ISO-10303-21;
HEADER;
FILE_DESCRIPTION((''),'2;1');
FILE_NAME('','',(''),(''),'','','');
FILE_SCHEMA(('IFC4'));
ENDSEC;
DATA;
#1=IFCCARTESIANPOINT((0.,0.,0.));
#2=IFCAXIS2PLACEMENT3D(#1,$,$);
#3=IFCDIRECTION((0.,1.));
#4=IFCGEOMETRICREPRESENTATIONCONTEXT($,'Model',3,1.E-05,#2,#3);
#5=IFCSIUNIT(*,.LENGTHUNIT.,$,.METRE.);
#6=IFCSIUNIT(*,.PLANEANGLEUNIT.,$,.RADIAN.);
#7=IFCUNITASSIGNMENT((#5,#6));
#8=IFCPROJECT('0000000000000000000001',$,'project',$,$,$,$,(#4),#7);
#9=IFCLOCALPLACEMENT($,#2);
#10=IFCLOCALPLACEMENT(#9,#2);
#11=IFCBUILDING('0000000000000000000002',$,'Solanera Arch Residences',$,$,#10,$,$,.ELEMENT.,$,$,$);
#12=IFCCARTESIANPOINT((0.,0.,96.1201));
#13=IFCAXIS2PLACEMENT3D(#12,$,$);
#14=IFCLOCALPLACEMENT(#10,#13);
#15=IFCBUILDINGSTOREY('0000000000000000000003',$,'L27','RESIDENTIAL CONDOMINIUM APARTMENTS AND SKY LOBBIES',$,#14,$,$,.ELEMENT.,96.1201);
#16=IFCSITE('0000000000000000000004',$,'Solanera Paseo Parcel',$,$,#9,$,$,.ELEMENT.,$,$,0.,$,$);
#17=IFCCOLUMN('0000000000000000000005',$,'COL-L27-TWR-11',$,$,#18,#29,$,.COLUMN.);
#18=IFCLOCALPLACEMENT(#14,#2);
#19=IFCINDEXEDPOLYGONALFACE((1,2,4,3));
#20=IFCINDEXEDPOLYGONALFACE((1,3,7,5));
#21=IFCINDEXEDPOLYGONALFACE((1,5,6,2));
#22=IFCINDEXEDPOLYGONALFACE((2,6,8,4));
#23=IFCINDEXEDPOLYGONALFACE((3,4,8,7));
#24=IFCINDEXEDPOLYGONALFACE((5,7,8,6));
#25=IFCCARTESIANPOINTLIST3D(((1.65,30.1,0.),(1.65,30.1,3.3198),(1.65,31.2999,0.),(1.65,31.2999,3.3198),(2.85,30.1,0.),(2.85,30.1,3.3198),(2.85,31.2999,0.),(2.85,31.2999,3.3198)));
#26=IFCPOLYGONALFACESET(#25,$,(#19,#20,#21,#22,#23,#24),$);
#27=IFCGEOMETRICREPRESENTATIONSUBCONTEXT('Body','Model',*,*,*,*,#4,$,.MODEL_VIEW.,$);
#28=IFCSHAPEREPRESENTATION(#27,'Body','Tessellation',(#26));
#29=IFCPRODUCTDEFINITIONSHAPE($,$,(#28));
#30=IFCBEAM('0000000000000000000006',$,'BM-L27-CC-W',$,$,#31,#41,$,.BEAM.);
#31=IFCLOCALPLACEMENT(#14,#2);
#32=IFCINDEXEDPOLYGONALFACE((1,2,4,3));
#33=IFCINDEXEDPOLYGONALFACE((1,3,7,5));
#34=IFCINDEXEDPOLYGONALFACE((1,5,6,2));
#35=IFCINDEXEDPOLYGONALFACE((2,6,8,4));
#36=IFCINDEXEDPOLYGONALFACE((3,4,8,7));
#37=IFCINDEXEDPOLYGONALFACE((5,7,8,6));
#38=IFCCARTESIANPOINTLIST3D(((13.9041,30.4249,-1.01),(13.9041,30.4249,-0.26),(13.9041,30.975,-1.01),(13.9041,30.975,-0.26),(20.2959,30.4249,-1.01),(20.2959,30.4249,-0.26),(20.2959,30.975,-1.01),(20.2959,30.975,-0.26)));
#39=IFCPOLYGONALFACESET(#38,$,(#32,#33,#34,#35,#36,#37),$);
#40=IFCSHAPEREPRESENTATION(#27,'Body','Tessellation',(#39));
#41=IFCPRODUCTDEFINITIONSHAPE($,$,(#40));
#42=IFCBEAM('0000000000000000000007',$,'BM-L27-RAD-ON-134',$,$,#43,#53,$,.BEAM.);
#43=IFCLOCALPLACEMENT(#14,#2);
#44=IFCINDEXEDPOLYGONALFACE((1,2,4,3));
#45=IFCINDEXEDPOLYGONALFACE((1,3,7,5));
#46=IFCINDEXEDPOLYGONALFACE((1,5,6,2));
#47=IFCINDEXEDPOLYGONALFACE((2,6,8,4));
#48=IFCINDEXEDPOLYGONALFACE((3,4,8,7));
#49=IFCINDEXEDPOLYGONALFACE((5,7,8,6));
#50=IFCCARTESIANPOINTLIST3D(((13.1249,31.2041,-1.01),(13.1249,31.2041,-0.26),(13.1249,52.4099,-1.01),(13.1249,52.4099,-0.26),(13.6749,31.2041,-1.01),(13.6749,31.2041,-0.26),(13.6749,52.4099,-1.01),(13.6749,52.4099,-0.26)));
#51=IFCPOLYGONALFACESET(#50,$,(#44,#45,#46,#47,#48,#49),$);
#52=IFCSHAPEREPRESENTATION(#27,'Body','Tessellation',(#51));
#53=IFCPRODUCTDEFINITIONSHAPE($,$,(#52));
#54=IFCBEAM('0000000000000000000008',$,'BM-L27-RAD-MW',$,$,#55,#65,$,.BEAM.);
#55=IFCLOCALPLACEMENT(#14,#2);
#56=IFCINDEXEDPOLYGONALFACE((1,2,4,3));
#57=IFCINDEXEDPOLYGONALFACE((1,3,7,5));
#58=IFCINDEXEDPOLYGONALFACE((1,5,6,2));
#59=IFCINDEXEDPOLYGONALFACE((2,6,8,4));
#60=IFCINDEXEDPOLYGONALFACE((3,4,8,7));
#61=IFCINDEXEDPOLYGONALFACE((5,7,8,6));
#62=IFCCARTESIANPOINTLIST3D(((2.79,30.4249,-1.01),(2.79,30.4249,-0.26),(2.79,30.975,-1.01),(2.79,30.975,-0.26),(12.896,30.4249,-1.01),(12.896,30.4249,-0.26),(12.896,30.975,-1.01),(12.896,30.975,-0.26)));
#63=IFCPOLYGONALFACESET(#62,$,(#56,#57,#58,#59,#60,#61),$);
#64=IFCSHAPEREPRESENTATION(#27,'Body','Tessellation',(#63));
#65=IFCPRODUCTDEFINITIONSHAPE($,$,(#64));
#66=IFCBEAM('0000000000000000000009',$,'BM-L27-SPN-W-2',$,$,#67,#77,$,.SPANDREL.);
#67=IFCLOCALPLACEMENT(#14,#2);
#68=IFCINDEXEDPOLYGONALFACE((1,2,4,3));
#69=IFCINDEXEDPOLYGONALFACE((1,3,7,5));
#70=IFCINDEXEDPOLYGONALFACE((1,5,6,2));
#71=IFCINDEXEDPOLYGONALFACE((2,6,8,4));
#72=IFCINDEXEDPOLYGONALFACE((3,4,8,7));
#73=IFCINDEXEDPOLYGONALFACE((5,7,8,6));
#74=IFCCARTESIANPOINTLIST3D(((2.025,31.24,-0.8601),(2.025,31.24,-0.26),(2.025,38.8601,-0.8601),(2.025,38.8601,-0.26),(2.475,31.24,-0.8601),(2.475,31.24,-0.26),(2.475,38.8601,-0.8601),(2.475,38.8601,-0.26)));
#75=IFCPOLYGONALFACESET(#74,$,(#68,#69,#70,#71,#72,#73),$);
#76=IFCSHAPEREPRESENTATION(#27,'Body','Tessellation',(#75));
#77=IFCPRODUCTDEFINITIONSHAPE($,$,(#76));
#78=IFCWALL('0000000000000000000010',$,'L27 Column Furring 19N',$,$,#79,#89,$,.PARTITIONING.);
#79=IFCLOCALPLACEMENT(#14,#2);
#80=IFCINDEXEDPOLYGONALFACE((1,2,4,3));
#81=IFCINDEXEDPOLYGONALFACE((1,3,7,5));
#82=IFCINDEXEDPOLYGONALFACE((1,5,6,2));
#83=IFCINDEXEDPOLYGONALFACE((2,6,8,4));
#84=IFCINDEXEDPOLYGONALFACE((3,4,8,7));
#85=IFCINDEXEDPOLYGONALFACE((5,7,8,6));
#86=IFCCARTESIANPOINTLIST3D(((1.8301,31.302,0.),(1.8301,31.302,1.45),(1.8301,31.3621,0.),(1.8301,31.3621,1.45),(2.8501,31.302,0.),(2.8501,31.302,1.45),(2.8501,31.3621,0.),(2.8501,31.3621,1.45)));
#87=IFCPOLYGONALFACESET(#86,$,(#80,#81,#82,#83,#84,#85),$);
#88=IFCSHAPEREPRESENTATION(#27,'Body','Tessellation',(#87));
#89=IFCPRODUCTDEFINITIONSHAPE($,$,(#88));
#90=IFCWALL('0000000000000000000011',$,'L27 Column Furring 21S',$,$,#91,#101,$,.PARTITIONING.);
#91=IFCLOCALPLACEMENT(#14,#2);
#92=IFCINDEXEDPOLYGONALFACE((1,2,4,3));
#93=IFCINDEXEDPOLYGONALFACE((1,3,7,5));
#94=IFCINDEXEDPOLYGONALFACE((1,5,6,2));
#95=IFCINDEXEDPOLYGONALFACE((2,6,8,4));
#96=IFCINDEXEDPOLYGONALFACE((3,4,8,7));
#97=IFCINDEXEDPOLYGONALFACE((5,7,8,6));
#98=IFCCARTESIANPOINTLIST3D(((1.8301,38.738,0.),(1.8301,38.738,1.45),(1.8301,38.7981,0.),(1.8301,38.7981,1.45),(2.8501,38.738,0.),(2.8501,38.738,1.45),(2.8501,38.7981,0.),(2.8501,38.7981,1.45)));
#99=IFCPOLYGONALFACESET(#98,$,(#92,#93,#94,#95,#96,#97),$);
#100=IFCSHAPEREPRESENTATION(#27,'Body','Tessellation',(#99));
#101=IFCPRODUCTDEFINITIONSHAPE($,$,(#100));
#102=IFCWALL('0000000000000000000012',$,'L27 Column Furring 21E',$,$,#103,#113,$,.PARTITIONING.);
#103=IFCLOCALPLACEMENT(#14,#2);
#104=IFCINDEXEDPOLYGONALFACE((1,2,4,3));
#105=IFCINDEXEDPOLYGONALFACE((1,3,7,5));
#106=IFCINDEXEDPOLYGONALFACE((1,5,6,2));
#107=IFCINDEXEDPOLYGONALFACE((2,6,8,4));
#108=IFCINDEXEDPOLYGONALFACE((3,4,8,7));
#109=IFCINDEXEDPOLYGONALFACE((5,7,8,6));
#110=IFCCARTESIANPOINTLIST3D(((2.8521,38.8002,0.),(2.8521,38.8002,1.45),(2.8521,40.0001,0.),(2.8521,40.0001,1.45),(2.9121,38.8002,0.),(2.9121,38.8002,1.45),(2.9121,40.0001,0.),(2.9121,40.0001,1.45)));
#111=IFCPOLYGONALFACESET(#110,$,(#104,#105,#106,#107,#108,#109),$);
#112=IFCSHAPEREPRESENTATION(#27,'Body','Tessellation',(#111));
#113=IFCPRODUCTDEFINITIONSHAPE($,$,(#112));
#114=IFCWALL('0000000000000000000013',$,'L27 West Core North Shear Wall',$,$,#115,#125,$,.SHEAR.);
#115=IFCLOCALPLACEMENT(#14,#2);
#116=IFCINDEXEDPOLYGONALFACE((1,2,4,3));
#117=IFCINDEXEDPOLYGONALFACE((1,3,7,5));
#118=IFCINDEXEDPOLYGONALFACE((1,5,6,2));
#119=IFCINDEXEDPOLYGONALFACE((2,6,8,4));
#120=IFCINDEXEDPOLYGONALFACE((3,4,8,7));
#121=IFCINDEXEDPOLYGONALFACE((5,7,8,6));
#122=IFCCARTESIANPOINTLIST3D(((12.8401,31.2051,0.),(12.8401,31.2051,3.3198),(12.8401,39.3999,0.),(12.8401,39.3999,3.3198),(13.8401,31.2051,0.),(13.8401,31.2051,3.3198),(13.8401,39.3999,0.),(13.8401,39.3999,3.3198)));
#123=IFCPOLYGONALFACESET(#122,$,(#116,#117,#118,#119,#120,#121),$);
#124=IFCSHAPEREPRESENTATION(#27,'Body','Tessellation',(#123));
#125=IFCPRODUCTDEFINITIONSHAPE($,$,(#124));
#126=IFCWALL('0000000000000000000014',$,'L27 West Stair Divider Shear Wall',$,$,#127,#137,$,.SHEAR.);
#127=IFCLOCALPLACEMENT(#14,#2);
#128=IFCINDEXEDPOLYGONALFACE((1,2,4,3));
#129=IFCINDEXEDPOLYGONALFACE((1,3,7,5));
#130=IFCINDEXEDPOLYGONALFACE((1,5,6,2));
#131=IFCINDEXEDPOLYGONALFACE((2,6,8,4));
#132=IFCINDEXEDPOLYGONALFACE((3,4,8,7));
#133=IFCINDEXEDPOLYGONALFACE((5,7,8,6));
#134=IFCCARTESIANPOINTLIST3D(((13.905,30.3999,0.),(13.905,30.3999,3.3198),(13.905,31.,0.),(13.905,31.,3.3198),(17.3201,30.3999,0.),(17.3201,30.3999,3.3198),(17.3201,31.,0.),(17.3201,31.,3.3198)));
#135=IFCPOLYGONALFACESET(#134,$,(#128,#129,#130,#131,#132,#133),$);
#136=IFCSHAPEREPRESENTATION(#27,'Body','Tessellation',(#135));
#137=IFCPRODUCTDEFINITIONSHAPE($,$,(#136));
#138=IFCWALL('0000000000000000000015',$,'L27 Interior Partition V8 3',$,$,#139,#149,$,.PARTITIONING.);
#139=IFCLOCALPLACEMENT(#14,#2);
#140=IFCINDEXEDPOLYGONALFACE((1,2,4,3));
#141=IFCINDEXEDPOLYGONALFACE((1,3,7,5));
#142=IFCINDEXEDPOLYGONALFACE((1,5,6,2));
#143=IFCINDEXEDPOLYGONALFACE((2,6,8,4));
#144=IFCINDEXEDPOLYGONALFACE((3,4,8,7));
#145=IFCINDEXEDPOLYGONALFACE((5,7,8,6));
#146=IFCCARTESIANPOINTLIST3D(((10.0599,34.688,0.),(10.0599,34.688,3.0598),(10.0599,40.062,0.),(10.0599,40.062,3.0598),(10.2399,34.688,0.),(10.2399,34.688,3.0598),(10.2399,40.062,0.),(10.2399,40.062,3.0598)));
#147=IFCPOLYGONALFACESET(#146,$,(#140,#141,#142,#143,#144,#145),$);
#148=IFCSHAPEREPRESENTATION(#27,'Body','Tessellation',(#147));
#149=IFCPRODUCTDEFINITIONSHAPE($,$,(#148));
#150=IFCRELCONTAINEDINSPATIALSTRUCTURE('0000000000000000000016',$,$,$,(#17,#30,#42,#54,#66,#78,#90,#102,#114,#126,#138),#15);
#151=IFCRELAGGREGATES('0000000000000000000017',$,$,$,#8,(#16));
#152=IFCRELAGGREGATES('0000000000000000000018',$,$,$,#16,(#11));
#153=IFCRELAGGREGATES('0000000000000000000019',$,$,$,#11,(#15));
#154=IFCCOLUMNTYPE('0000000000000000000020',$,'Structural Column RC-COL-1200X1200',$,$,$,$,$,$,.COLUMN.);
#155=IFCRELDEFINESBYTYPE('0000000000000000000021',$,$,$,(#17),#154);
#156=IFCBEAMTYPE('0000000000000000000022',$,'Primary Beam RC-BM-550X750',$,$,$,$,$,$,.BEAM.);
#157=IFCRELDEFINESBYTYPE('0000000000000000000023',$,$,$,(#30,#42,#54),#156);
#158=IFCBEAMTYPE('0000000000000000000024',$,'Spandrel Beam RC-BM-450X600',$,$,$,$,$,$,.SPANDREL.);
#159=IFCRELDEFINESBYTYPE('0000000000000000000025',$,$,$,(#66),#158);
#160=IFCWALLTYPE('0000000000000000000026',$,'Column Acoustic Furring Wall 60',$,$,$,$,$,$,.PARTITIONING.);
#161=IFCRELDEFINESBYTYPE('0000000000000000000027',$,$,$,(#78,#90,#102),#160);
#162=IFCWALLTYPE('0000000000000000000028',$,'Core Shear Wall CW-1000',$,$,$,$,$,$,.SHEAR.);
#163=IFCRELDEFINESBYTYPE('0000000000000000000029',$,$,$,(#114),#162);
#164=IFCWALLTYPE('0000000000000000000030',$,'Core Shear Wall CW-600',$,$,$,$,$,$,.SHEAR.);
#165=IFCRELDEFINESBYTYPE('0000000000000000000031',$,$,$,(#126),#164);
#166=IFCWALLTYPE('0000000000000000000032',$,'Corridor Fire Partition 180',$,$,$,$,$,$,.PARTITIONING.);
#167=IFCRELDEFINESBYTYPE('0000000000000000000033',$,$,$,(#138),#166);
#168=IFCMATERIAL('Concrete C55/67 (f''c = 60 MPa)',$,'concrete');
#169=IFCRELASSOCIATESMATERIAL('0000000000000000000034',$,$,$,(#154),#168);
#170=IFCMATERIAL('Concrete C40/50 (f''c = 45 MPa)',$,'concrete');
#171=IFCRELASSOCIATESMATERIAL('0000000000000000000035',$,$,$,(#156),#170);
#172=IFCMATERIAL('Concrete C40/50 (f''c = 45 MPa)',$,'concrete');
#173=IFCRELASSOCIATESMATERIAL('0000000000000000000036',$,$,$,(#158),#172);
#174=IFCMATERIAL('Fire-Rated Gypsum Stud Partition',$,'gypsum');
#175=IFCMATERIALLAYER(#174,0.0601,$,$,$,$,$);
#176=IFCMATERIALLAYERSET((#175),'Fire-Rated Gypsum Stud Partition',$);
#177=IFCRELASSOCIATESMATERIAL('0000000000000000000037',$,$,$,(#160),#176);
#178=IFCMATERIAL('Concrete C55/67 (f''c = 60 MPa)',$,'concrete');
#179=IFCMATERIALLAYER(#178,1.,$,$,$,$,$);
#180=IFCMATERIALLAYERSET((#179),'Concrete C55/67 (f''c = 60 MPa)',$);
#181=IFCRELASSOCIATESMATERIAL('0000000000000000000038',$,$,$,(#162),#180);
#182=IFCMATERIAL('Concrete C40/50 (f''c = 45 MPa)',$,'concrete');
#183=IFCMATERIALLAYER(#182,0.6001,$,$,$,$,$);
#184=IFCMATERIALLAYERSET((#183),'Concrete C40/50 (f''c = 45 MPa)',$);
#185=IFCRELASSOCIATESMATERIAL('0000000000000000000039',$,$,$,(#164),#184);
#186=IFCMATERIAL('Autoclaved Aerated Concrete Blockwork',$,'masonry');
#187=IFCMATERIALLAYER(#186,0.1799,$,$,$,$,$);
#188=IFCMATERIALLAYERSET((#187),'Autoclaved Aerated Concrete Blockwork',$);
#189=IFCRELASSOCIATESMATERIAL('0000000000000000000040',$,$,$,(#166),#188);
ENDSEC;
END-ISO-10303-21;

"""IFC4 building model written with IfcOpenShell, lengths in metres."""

from ifc_helpers import new_model, si_unit, direction, frame, frame_2d, origin, origin_2d, place, context, subcontext, project, spatial, rectangle, extrude, material, layer, layer_set, material_profile, profile_set, type_object, element, save


model = new_model("IFC4")

# Units and contexts
model_context = context("Model", 3, precision=1e-05, world=origin(), true_north=direction((0.0, 1.0)))
body_context = subcontext(model_context, "Body", "Model", "MODEL_VIEW")
ifc_project = project(units=[si_unit("LENGTHUNIT", "METRE"), si_unit("PLANEANGLEUNIT", "RADIAN")], contexts=[model_context])

# Site, building, storey
site_placement = place(None, origin())
site = spatial("IfcSite", under=ifc_project, at=site_placement, Name="Solanera Paseo Parcel", CompositionType="ELEMENT", RefElevation=0.0)
building_placement = place(site_placement, origin())
building = spatial("IfcBuilding", under=site, at=building_placement, Name="Solanera Arch Residences", CompositionType="ELEMENT")
storey_placement = place(building_placement, frame((0.0, 0.0, 96.1201)))
storey = spatial("IfcBuildingStorey", under=building, at=storey_placement, Name="L27", Description="RESIDENTIAL CONDOMINIUM APARTMENTS AND SKY LOBBIES", CompositionType="ELEMENT", Elevation=96.1201)

# Column
ifc_material_1 = material(Name="Concrete C55/67 (f'c = 60 MPa)", Category="concrete")
ifc_material_profile_1 = material_profile(ifc_material_1, rectangle(XDim=1.2, YDim=1.2, at=origin_2d()))
ifc_profile_set_1 = profile_set([ifc_material_profile_1], Name="Concrete C55/67 (f'c = 60 MPa)")
column_type = type_object("IfcColumnType", Name="Structural Column RC-COL-1200X1200", PredefinedType="COLUMN", material=ifc_profile_set_1)
column_placement = place(storey_placement, frame((2.25, 30.7, 0.0), z_axis=(0.0, 0.0, 1.0), x_axis=(1.0, 0.0, 0.0)))
element("IfcColumn", 1, at=column_placement, inside=storey, type_object=column_type, Name="COL-L27-TWR-11", PredefinedType="COLUMN", context=body_context, shape_type="SweptSolid", body=[
    extrude(rectangle(XDim=1.2, YDim=1.2, at=origin_2d()), origin(), (0.0, 0.0, 1.0), 3.3198),
])

# Beams
ifc_material_2 = material(Name="Concrete C40/50 (f'c = 45 MPa)", Category="concrete")
ifc_material_profile_2 = material_profile(ifc_material_2, rectangle(XDim=0.55, YDim=0.75, at=origin_2d()))
ifc_profile_set_2 = profile_set([ifc_material_profile_2], Name="Concrete C40/50 (f'c = 45 MPa)")
beam_type_1 = type_object("IfcBeamType", Name="Primary Beam RC-BM-550X750", PredefinedType="BEAM", material=ifc_profile_set_2)
beam_1_placement = place(storey_placement, frame((13.9041, 30.7, -0.635), z_axis=(1.0, 0.0, 0.0), x_axis=(0.0, 1.0, 0.0)))
element("IfcBeam", 2, at=beam_1_placement, inside=storey, type_object=beam_type_1, Name="BM-L27-CC-W", PredefinedType="BEAM", context=body_context, shape_type="SweptSolid", body=[
    extrude(rectangle(XDim=0.55, YDim=0.75, at=origin_2d()), origin(), (0.0, 0.0, 1.0), 6.3918),
])
beam_2_placement = place(storey_placement, frame((13.3999, 31.2041, -0.635), z_axis=(0.0, 1.0, 0.0), x_axis=(-1.0, 0.0, 0.0)))
element("IfcBeam", 3, at=beam_2_placement, inside=storey, type_object=beam_type_1, Name="BM-L27-RAD-ON-134", PredefinedType="BEAM", context=body_context, shape_type="SweptSolid", body=[
    extrude(rectangle(XDim=0.55, YDim=0.75, at=origin_2d()), origin(), (0.0, 0.0, 1.0), 21.2058),
])
beam_3_placement = place(storey_placement, frame((2.79, 30.7, -0.635), z_axis=(1.0, 0.0, 0.0), x_axis=(0.0, 1.0, 0.0)))
element("IfcBeam", 4, at=beam_3_placement, inside=storey, type_object=beam_type_1, Name="BM-L27-RAD-MW", PredefinedType="BEAM", context=body_context, shape_type="SweptSolid", body=[
    extrude(rectangle(XDim=0.55, YDim=0.75, at=origin_2d()), origin(), (0.0, 0.0, 1.0), 10.106),
])
ifc_material_3 = material(Name="Concrete C40/50 (f'c = 45 MPa)", Category="concrete")
ifc_material_profile_3 = material_profile(ifc_material_3, rectangle(XDim=0.45, YDim=0.6001, at=origin_2d()))
ifc_profile_set_3 = profile_set([ifc_material_profile_3], Name="Concrete C40/50 (f'c = 45 MPa)")
beam_type_2 = type_object("IfcBeamType", Name="Spandrel Beam RC-BM-450X600", PredefinedType="SPANDREL", material=ifc_profile_set_3)
beam_4_placement = place(storey_placement, frame((2.25, 31.24, -0.5601), z_axis=(0.0, 1.0, 0.0), x_axis=(-1.0, 0.0, 0.0)))
element("IfcBeam", 5, at=beam_4_placement, inside=storey, type_object=beam_type_2, Name="BM-L27-SPN-W-2", PredefinedType="SPANDREL", context=body_context, shape_type="SweptSolid", body=[
    extrude(rectangle(XDim=0.45, YDim=0.6001, at=origin_2d()), origin(), (0.0, 0.0, 1.0), 7.6201),
])

# Walls
ifc_material_4 = material(Name="Fire-Rated Gypsum Stud Partition", Category="gypsum")
ifc_layer_1 = layer(ifc_material_4, 0.0601)
ifc_layer_set_1 = layer_set([ifc_layer_1], Name="Fire-Rated Gypsum Stud Partition")
wall_type_1 = type_object("IfcWallType", Name="Column Acoustic Furring Wall 60", PredefinedType="PARTITIONING", material=ifc_layer_set_1)
for number, where, z_axis, x_axis, name in (
    (6, (1.8301, 31.332, 0.0), (0.0, 0.0, 1.0), (1.0, 0.0, 0.0), "L27 Column Furring 19N"),
    (7, (1.8301, 38.7681, 0.0), (0.0, 0.0, 1.0), (1.0, 0.0, 0.0), "L27 Column Furring 21S"),
):
    element("IfcWall", number, at=place(storey_placement, frame(where, z_axis=z_axis, x_axis=x_axis)), inside=storey, type_object=wall_type_1, Name=name, PredefinedType="PARTITIONING", context=body_context, shape_type="SweptSolid", body=[
        extrude(rectangle(XDim=1.02, YDim=0.0601, at=frame_2d((0.51, 0.0))), origin(), (0.0, 0.0, 1.0), 1.45),
    ])
wall_1_placement = place(storey_placement, frame((2.8821, 38.8, 0.0), z_axis=(0.0, 0.0, 1.0), x_axis=(0.0, 1.0, 0.0)))
element("IfcWall", 8, at=wall_1_placement, inside=storey, type_object=wall_type_1, Name="L27 Column Furring 21E", PredefinedType="PARTITIONING", context=body_context, shape_type="SweptSolid", body=[
    extrude(rectangle(XDim=1.2, YDim=0.0601, at=frame_2d((0.6001, 0.0))), origin(), (0.0, 0.0, 1.0), 1.45),
])
ifc_material_5 = material(Name="Concrete C55/67 (f'c = 60 MPa)", Category="concrete")
ifc_layer_2 = layer(ifc_material_5, 1.0)
ifc_layer_set_2 = layer_set([ifc_layer_2], Name="Concrete C55/67 (f'c = 60 MPa)")
wall_type_2 = type_object("IfcWallType", Name="Core Shear Wall CW-1000", PredefinedType="SHEAR", material=ifc_layer_set_2)
wall_2_placement = place(storey_placement, frame((13.3401, 31.2051, 0.0), z_axis=(0.0, 0.0, 1.0), x_axis=(0.0, 1.0, 0.0)))
element("IfcWall", 9, at=wall_2_placement, inside=storey, type_object=wall_type_2, Name="L27 West Core North Shear Wall", PredefinedType="SHEAR", context=body_context, shape_type="SweptSolid", body=[
    extrude(rectangle(XDim=8.1948, YDim=1.0, at=frame_2d((4.0974, 0.0))), origin(), (0.0, 0.0, 1.0), 3.3198),
])
ifc_material_6 = material(Name="Concrete C40/50 (f'c = 45 MPa)", Category="concrete")
ifc_layer_3 = layer(ifc_material_6, 0.6001)
ifc_layer_set_3 = layer_set([ifc_layer_3], Name="Concrete C40/50 (f'c = 45 MPa)")
wall_type_3 = type_object("IfcWallType", Name="Core Shear Wall CW-600", PredefinedType="SHEAR", material=ifc_layer_set_3)
wall_3_placement = place(storey_placement, frame((13.905, 30.7, 0.0), z_axis=(0.0, 0.0, 1.0), x_axis=(1.0, 0.0, 0.0)))
element("IfcWall", 10, at=wall_3_placement, inside=storey, type_object=wall_type_3, Name="L27 West Stair Divider Shear Wall", PredefinedType="SHEAR", context=body_context, shape_type="SweptSolid", body=[
    extrude(rectangle(XDim=3.415, YDim=0.6001, at=frame_2d((1.7075, 0.0))), origin(), (0.0, 0.0, 1.0), 3.3198),
])
ifc_material_7 = material(Name="Autoclaved Aerated Concrete Blockwork", Category="masonry")
ifc_layer_4 = layer(ifc_material_7, 0.1799)
ifc_layer_set_4 = layer_set([ifc_layer_4], Name="Autoclaved Aerated Concrete Blockwork")
wall_type_4 = type_object("IfcWallType", Name="Corridor Fire Partition 180", PredefinedType="PARTITIONING", material=ifc_layer_set_4)
wall_4_placement = place(storey_placement, frame((10.1499, 34.688, 0.0), z_axis=(0.0, 0.0, 1.0), x_axis=(0.0, 1.0, 0.0)))
element("IfcWall", 11, at=wall_4_placement, inside=storey, type_object=wall_type_4, Name="L27 Interior Partition V8 3", PredefinedType="PARTITIONING", context=body_context, shape_type="SweptSolid", body=[
    extrude(rectangle(XDim=5.374, YDim=0.1799, at=frame_2d((2.687, 0.0))), origin(), (0.0, 0.0, 1.0), 3.0598),
])

save(model, "model.ifc")
